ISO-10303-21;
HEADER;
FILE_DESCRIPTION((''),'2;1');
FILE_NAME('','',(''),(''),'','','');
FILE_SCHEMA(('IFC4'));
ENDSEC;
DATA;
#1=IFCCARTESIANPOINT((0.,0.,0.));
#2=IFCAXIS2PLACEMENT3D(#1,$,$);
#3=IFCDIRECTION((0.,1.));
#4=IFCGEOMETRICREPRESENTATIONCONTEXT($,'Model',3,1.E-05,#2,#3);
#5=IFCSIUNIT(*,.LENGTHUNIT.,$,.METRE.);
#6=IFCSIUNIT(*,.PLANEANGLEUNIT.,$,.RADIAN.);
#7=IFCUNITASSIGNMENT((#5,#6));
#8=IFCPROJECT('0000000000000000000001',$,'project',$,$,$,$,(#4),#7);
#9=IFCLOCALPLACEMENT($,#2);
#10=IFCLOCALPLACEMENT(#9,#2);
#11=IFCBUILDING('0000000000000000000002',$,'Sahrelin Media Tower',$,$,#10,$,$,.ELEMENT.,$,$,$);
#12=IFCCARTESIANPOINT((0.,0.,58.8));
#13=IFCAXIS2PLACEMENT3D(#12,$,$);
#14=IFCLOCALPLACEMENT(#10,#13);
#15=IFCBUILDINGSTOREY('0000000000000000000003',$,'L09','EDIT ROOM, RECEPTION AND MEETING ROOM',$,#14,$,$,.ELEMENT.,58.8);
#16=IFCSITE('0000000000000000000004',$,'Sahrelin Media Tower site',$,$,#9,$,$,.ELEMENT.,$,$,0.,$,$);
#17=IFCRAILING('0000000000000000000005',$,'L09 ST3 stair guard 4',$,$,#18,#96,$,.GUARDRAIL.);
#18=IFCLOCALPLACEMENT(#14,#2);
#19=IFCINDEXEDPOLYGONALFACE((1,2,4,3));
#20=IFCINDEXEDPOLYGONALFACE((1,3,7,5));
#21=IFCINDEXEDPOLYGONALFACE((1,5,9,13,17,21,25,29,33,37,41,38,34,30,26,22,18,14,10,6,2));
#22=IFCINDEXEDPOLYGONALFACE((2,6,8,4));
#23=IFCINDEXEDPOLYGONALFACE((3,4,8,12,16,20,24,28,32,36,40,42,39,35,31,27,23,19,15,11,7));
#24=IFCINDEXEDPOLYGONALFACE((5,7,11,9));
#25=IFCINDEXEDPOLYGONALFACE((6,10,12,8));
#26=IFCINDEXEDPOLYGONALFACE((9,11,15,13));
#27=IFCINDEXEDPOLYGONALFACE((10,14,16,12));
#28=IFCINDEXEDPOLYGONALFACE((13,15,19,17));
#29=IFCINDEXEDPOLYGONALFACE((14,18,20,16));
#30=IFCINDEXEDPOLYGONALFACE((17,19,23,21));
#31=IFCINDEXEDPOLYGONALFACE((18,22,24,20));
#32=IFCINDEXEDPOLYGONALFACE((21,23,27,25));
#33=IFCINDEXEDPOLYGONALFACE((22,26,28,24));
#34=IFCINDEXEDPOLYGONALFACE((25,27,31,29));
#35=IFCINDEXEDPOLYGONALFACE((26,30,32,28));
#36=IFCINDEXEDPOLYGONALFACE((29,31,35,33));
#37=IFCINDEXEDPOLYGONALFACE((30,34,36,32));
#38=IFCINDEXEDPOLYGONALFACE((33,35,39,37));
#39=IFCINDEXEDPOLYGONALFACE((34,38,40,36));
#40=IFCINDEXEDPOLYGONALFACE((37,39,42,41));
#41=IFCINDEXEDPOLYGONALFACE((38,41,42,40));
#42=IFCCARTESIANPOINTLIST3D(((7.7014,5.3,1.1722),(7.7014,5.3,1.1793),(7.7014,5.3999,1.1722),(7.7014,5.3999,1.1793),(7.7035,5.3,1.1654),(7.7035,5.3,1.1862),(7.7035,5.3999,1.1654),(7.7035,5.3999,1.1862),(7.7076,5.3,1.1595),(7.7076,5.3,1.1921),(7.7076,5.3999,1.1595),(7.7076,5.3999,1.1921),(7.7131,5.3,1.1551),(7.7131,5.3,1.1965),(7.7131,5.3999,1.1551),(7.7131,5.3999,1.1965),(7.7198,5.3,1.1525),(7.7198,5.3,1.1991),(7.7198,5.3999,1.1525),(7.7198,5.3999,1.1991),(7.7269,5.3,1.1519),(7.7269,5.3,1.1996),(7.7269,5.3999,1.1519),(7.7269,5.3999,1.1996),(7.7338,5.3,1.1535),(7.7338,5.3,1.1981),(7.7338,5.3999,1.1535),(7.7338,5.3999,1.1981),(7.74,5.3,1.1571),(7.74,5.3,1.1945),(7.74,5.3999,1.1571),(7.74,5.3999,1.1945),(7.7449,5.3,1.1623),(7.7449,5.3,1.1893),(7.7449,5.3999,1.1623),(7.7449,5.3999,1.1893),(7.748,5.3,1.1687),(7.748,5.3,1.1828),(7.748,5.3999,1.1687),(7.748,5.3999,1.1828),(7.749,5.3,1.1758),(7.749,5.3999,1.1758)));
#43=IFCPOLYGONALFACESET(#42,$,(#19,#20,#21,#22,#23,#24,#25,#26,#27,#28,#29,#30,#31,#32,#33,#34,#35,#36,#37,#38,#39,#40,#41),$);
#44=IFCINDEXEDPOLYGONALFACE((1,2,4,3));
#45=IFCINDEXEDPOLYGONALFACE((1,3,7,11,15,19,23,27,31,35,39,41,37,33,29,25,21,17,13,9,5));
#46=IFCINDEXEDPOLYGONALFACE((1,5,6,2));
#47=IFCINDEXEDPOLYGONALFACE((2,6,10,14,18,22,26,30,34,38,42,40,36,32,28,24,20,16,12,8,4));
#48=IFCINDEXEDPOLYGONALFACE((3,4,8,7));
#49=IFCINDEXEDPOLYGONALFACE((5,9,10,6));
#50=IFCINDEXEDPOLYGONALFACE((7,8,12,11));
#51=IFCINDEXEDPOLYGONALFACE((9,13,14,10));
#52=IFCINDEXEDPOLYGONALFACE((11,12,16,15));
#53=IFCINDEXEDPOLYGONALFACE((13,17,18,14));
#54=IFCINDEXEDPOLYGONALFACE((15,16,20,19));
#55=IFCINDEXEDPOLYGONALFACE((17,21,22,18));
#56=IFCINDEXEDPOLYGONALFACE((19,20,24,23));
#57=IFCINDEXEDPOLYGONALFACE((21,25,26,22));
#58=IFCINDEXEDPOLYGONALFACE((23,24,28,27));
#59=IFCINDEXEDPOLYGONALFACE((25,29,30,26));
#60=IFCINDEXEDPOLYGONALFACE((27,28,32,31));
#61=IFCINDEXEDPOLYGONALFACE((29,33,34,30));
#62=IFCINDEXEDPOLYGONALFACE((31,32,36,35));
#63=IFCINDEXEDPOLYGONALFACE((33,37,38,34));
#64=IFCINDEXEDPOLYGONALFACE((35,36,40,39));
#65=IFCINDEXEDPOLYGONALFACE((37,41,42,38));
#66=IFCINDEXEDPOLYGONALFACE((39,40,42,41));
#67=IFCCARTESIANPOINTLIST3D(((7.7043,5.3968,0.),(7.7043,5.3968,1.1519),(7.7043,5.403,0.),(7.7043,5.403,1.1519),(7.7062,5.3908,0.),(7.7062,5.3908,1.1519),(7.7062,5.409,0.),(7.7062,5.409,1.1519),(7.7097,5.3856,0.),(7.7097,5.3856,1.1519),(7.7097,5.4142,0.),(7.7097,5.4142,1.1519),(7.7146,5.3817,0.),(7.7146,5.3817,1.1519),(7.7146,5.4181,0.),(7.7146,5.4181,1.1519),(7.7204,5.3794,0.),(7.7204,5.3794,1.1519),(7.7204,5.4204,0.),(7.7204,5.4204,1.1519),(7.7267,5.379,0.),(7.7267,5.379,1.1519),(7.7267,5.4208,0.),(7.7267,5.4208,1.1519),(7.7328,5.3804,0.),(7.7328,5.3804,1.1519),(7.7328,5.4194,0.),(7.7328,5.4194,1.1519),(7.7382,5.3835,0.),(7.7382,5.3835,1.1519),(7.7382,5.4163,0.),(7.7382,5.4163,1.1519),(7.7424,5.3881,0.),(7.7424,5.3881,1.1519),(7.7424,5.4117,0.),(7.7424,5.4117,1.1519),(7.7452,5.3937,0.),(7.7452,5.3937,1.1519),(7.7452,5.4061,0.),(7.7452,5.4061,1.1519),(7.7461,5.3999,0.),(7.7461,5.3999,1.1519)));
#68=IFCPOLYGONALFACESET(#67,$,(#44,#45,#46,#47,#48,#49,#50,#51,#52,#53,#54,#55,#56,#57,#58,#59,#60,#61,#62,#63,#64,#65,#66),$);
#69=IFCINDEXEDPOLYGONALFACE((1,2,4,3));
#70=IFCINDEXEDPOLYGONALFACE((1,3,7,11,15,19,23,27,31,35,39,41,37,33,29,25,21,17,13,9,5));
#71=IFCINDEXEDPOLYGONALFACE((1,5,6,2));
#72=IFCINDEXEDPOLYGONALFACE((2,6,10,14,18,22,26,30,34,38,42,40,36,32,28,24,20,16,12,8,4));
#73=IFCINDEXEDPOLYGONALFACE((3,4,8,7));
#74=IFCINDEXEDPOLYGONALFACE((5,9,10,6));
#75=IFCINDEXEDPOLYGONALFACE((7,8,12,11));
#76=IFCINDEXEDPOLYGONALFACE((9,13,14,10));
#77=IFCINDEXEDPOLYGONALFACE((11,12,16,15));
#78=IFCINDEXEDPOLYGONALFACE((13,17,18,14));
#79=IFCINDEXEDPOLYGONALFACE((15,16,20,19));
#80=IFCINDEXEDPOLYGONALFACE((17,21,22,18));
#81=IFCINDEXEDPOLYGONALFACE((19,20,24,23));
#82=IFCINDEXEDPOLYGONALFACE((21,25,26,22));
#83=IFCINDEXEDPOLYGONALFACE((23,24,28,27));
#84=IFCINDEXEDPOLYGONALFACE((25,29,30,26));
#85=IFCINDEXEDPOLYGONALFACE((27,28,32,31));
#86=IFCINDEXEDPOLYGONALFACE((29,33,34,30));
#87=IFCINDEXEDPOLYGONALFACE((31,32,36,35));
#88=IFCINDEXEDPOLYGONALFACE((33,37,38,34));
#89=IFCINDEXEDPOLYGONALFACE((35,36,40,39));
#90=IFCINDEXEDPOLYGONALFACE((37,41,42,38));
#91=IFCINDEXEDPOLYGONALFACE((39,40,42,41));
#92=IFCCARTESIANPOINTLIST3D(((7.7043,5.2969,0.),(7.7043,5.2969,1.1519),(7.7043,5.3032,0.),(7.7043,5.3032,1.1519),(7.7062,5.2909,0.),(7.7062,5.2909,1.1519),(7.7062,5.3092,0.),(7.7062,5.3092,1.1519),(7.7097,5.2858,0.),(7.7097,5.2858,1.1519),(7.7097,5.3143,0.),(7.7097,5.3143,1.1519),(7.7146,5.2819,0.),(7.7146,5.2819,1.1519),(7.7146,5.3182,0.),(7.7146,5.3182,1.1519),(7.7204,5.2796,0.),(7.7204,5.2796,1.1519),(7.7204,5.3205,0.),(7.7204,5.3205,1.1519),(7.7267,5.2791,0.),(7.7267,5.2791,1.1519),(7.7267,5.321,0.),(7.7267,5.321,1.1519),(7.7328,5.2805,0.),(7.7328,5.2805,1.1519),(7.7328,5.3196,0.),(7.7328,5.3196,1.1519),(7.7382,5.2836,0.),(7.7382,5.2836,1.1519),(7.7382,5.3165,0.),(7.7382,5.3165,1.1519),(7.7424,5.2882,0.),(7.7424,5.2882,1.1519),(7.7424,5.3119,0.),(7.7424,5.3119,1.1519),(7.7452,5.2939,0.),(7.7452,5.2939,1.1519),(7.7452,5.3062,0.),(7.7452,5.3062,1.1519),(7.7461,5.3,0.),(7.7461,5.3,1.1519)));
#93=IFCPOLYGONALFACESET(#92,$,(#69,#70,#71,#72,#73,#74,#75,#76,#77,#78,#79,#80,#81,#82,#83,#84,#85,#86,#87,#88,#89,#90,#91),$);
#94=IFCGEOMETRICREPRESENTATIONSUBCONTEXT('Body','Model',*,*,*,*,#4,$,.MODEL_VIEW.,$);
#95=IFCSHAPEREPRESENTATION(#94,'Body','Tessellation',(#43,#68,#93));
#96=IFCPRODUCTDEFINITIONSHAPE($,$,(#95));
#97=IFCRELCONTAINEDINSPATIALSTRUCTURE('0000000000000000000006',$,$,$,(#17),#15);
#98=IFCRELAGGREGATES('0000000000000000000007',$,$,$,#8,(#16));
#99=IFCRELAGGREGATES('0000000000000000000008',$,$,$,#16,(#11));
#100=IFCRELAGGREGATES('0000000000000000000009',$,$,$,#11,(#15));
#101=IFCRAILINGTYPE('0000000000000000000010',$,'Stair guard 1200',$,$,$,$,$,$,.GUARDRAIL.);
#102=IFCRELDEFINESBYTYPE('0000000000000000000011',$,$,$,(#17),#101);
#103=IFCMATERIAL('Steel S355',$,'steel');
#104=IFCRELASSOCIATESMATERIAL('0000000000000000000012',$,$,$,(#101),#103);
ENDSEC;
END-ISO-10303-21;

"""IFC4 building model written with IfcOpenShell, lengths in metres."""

from ifc_helpers import new_model, si_unit, direction, frame, origin, origin_2d, place, context, subcontext, project, spatial, circle, extrude, material, type_object, element, save


model = new_model("IFC4")

# Units and contexts
model_context = context("Model", 3, precision=1e-05, world=origin(), true_north=direction((0.0, 1.0)))
body_context = subcontext(model_context, "Body", "Model", "MODEL_VIEW")
ifc_project = project(units=[si_unit("LENGTHUNIT", "METRE"), si_unit("PLANEANGLEUNIT", "RADIAN")], contexts=[model_context])

# Site, building, storey
site_placement = place(None, origin())
site = spatial("IfcSite", under=ifc_project, at=site_placement, Name="Sahrelin Media Tower site", CompositionType="ELEMENT", RefElevation=0.0)
building_placement = place(site_placement, origin())
building = spatial("IfcBuilding", under=site, at=building_placement, Name="Sahrelin Media Tower", CompositionType="ELEMENT")
storey_placement = place(building_placement, frame((0.0, 0.0, 58.8)))
storey = spatial("IfcBuildingStorey", under=building, at=storey_placement, Name="L09", Description="EDIT ROOM, RECEPTION AND MEETING ROOM", CompositionType="ELEMENT", Elevation=58.8)

# Shared definitions
ifc_material_1 = material(Name="Steel S355", Category="steel")

# Railing
railing_type_1 = type_object("IfcRailingType", Name="Stair guard 1200", PredefinedType="GUARDRAIL", material=ifc_material_1)
railing_1_placement = place(storey_placement, frame((7.7251, 5.3999, 0.0)))
element("IfcRailing", 1, at=railing_1_placement, inside=storey, type_object=railing_type_1, Name="L09 ST3 stair guard 4", PredefinedType="GUARDRAIL", context=body_context, shape_type="SweptSolid", body=[
    extrude(circle(Radius=0.0239, at=origin_2d()), frame((0.0, 0.0, 1.1758), z_axis=(0.0, -1.0, 0.0), x_axis=(1.0, 0.0, 0.0)), (0.0, 0.0, 1.0), 0.0999),
    extrude(circle(Radius=0.021, at=origin_2d()), origin(), (0.0, 0.0, 1.0), 1.1519),
    extrude(circle(Radius=0.021, at=origin_2d()), frame((0.0, -0.0999, 0.0)), (0.0, 0.0, 1.0), 1.1519),
])

save(model, "model.ifc")
